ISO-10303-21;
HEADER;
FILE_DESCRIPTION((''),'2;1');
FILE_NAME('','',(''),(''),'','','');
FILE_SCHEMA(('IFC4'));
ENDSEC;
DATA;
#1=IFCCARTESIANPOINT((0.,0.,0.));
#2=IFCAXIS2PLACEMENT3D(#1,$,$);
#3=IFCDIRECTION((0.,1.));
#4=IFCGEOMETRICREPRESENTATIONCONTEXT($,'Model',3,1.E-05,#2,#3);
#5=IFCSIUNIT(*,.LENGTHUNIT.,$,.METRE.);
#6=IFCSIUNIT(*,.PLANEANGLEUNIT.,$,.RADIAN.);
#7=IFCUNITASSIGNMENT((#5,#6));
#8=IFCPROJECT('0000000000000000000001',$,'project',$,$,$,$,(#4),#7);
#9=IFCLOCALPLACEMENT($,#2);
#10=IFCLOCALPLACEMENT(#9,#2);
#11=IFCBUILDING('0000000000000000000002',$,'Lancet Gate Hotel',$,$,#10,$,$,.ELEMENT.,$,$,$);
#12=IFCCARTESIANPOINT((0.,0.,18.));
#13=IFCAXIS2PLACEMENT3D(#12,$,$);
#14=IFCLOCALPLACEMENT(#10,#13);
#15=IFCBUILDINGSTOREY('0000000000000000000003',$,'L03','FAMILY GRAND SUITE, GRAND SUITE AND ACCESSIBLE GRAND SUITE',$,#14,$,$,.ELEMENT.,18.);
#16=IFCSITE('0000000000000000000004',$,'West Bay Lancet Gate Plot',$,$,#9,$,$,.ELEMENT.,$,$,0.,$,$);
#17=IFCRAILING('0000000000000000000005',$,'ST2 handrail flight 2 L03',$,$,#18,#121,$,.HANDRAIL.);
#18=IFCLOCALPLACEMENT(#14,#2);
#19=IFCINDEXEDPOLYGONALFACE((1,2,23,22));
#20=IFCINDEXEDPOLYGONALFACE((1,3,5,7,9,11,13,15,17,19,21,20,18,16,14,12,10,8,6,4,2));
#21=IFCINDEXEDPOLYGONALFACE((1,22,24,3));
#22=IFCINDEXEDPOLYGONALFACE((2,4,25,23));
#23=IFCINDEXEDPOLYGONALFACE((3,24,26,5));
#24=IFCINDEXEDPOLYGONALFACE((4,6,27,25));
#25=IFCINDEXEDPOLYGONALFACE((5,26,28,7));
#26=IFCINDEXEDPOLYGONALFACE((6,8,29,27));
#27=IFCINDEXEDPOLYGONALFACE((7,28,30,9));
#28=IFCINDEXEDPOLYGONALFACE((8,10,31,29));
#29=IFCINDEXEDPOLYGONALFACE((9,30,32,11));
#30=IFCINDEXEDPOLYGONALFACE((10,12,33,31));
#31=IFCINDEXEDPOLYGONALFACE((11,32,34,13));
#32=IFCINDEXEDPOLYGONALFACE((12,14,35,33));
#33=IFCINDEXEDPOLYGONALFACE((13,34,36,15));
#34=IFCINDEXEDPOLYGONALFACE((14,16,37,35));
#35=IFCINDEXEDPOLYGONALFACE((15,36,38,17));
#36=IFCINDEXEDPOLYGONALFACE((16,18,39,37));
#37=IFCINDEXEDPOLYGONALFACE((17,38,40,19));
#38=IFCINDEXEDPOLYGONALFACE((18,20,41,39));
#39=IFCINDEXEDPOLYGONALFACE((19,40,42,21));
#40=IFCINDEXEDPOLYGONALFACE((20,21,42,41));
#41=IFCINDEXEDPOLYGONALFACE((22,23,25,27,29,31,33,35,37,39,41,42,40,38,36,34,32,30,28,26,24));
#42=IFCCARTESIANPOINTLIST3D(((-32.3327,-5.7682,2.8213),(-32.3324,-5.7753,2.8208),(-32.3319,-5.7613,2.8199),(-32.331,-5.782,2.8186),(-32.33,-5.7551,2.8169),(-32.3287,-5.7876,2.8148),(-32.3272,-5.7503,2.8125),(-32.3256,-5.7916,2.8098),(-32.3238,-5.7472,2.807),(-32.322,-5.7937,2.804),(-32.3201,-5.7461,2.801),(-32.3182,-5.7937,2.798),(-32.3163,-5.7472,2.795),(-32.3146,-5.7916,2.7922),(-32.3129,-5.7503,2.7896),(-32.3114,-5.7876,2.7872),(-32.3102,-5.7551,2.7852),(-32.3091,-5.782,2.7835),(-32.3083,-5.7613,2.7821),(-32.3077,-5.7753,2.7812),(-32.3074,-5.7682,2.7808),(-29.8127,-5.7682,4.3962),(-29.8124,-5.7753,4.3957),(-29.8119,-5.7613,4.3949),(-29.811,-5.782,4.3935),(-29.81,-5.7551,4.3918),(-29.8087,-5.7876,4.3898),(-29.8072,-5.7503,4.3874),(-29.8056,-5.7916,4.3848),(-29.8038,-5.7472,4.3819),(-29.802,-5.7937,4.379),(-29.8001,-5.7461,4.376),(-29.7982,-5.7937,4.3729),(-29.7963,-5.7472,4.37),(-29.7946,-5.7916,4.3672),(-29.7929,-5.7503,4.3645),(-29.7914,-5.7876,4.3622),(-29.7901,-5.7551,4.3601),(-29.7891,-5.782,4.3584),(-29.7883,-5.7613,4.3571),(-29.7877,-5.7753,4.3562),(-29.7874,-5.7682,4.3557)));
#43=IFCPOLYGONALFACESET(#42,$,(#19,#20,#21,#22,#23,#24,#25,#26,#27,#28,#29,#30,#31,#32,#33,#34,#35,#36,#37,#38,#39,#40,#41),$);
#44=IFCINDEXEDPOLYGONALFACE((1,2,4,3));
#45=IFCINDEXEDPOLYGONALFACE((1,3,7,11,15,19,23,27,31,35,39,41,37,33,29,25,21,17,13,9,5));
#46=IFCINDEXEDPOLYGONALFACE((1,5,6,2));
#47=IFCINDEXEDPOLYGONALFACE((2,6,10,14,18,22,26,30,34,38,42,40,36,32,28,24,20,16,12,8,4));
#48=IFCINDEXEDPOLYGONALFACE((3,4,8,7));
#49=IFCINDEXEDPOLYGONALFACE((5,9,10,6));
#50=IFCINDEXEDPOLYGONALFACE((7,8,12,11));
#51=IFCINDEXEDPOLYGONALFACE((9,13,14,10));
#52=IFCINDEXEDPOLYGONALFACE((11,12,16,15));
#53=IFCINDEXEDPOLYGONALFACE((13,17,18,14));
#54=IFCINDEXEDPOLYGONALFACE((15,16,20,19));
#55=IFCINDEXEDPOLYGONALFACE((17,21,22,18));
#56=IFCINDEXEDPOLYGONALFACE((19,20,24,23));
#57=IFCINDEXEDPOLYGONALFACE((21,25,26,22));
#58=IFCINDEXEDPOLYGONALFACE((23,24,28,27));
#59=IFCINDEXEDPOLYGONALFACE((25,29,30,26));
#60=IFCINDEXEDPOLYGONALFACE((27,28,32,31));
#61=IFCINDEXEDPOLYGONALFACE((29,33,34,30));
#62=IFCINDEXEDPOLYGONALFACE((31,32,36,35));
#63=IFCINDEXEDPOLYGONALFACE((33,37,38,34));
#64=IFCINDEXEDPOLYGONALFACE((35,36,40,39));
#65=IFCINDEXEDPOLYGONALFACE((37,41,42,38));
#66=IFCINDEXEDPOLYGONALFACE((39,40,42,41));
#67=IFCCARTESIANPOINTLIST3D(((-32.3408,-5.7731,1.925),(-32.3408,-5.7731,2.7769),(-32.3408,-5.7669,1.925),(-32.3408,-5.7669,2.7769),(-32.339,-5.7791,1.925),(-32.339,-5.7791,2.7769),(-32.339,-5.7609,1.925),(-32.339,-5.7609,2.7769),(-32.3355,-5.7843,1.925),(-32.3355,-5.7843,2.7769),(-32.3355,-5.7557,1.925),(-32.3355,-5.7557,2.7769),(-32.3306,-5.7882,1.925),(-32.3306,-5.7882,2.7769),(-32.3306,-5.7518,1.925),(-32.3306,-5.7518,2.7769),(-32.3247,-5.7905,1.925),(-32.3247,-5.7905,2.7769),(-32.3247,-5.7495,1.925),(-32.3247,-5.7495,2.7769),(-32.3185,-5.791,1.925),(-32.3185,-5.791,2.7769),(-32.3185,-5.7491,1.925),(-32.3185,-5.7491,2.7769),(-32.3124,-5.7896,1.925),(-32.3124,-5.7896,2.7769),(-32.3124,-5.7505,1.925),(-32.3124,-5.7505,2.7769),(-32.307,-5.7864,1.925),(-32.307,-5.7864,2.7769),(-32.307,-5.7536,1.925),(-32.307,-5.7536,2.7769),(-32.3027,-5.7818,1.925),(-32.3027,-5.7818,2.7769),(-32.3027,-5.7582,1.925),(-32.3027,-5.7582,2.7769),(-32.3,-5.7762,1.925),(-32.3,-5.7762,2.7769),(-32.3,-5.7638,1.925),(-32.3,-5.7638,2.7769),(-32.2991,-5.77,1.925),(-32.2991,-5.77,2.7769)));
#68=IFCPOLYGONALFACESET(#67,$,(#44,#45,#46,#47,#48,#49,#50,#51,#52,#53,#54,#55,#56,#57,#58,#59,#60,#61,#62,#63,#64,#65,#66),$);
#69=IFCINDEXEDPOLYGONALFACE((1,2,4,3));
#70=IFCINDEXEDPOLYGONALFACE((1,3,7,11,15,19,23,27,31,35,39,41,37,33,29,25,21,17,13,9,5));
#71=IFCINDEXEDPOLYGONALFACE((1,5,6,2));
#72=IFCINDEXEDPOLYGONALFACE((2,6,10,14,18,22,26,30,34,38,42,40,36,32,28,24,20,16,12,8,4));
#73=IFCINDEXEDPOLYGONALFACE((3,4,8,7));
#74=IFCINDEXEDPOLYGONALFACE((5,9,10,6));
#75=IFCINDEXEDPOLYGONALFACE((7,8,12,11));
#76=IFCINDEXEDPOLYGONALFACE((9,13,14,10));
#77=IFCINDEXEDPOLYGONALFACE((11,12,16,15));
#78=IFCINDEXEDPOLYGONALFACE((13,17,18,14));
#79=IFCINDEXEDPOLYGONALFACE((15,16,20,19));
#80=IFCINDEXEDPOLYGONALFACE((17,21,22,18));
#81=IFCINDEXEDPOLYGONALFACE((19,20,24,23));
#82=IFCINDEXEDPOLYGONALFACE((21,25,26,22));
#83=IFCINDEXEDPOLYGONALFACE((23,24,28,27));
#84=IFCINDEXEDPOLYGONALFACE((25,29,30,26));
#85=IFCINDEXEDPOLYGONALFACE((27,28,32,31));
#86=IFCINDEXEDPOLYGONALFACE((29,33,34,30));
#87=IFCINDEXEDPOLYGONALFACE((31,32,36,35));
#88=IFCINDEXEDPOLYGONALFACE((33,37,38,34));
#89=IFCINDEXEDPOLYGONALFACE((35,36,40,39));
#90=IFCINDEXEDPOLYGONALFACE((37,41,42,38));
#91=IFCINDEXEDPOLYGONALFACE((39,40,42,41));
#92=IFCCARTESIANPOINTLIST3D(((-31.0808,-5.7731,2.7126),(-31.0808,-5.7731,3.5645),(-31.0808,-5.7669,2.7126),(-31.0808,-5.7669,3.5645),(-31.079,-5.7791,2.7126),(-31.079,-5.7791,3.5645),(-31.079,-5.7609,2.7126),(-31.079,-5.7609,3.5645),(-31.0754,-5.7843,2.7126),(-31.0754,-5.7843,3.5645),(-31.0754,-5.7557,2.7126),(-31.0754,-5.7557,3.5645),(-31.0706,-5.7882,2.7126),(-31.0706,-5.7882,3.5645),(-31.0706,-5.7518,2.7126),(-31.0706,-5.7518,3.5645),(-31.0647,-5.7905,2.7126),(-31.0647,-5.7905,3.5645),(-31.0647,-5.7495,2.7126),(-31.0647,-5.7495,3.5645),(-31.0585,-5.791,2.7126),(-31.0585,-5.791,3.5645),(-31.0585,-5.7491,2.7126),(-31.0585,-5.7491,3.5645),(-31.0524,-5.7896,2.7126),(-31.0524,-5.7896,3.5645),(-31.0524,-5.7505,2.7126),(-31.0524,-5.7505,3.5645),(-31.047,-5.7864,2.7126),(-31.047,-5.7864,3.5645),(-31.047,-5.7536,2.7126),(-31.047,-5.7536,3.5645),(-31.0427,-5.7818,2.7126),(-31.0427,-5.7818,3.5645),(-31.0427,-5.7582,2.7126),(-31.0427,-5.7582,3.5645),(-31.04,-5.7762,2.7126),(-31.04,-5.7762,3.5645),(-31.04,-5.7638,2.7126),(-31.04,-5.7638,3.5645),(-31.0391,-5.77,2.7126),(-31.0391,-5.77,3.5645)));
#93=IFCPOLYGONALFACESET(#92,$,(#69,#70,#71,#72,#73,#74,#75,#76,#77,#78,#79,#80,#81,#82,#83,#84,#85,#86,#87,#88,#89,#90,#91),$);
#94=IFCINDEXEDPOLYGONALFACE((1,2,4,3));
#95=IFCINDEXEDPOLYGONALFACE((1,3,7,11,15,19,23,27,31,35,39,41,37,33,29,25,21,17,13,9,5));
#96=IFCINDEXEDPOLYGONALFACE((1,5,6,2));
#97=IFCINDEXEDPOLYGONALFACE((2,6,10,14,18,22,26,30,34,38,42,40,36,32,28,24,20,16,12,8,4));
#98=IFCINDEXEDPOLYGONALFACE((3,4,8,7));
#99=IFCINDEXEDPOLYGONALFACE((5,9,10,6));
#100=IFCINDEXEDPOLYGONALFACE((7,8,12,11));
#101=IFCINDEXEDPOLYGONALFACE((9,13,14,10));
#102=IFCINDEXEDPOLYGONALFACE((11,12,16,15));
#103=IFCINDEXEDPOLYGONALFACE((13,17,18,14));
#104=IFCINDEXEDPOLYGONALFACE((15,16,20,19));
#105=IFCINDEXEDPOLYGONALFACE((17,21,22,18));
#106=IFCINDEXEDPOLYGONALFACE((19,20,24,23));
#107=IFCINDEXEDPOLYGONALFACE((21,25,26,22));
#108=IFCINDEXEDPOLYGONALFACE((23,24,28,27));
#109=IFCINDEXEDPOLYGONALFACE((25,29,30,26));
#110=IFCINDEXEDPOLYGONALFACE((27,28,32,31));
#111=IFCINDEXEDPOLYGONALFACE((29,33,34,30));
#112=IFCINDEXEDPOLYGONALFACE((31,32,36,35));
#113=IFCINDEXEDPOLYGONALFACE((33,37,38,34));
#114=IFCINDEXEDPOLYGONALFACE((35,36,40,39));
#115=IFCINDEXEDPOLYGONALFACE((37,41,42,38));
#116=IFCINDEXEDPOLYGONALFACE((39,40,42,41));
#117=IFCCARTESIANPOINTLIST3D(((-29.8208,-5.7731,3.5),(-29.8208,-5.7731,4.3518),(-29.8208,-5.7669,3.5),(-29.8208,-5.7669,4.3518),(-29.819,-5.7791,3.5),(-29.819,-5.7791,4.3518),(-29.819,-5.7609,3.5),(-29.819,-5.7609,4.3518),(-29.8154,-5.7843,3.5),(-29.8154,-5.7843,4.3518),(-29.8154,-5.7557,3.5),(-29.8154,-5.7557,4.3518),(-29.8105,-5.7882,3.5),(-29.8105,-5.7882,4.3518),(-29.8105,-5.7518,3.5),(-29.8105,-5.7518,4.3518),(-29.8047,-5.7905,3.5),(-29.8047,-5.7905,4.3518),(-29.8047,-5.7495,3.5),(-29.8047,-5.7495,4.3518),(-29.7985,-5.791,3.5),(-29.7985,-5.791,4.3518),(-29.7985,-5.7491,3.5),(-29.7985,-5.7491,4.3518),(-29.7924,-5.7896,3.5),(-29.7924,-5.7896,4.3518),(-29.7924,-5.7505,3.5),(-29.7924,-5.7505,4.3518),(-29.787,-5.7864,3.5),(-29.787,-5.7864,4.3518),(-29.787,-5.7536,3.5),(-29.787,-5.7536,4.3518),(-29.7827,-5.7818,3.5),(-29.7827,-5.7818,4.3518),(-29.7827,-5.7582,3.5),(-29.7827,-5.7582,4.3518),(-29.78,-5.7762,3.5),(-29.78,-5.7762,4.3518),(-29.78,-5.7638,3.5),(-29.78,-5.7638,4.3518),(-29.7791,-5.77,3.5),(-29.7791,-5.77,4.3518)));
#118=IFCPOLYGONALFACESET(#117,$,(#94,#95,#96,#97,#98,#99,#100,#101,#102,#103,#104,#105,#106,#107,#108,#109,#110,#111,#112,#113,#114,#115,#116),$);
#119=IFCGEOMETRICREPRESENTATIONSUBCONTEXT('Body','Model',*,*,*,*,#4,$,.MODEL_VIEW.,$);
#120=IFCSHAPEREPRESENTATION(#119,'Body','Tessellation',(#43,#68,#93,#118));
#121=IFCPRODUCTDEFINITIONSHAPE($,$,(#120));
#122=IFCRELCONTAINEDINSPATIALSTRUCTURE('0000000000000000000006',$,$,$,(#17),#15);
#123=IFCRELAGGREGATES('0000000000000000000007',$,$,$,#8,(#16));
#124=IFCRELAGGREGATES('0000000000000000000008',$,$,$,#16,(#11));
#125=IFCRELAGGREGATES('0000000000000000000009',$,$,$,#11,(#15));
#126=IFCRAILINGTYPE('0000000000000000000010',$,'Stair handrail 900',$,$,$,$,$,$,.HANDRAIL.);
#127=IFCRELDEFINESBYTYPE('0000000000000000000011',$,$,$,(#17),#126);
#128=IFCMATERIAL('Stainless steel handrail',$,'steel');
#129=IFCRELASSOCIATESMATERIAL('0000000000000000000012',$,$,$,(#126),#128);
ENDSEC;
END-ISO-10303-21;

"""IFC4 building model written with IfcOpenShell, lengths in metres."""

from ifc_helpers import new_model, si_unit, direction, frame, origin, origin_2d, place, context, subcontext, project, spatial, circle, extrude, material, type_object, element, save


model = new_model("IFC4")

# Units and contexts
model_context = context("Model", 3, precision=1e-05, world=origin(), true_north=direction((0.0, 1.0)))
body_context = subcontext(model_context, "Body", "Model", "MODEL_VIEW")
ifc_project = project(units=[si_unit("LENGTHUNIT", "METRE"), si_unit("PLANEANGLEUNIT", "RADIAN")], contexts=[model_context])

# Site, building, storey
site_placement = place(None, origin())
site = spatial("IfcSite", under=ifc_project, at=site_placement, Name="West Bay Lancet Gate Plot", CompositionType="ELEMENT", RefElevation=0.0)
building_placement = place(site_placement, origin())
building = spatial("IfcBuilding", under=site, at=building_placement, Name="Lancet Gate Hotel", CompositionType="ELEMENT")
storey_placement = place(building_placement, frame((0.0, 0.0, 18.0)))
storey = spatial("IfcBuildingStorey", under=building, at=storey_placement, Name="L03", Description="FAMILY GRAND SUITE, GRAND SUITE AND ACCESSIBLE GRAND SUITE", CompositionType="ELEMENT", Elevation=18.0)

# Railing
ifc_material_1 = material(Name="Stainless steel handrail", Category="steel")
railing_type = type_object("IfcRailingType", Name="Stair handrail 900", PredefinedType="HANDRAIL", material=ifc_material_1)
railing_1_placement = place(storey_placement, frame((-32.3201, -5.77, 1.925)))
element("IfcRailing", 1, at=railing_1_placement, inside=storey, type_object=railing_type, Name="ST2 handrail flight 2 L03", PredefinedType="HANDRAIL", context=body_context, shape_type="SweptSolid", body=[
    extrude(circle(Radius=0.0239, at=origin_2d()), frame((0.0, 0.0, 0.876), z_axis=(0.848008, 0.0, 0.529984), x_axis=(0.0, 1.0, 0.0)), (0.0, 0.0, 1.0), 2.9717),
    extrude(circle(Radius=0.021, at=origin_2d()), origin(), (0.0, 0.0, 1.0), 0.8518),
    extrude(circle(Radius=0.021, at=origin_2d()), frame((1.26, 0.0, 0.7876)), (0.0, 0.0, 1.0), 0.8518),
    extrude(circle(Radius=0.021, at=origin_2d()), frame((2.52, 0.0, 1.575)), (0.0, 0.0, 1.0), 0.8518),
])

save(model, "model.ifc")
